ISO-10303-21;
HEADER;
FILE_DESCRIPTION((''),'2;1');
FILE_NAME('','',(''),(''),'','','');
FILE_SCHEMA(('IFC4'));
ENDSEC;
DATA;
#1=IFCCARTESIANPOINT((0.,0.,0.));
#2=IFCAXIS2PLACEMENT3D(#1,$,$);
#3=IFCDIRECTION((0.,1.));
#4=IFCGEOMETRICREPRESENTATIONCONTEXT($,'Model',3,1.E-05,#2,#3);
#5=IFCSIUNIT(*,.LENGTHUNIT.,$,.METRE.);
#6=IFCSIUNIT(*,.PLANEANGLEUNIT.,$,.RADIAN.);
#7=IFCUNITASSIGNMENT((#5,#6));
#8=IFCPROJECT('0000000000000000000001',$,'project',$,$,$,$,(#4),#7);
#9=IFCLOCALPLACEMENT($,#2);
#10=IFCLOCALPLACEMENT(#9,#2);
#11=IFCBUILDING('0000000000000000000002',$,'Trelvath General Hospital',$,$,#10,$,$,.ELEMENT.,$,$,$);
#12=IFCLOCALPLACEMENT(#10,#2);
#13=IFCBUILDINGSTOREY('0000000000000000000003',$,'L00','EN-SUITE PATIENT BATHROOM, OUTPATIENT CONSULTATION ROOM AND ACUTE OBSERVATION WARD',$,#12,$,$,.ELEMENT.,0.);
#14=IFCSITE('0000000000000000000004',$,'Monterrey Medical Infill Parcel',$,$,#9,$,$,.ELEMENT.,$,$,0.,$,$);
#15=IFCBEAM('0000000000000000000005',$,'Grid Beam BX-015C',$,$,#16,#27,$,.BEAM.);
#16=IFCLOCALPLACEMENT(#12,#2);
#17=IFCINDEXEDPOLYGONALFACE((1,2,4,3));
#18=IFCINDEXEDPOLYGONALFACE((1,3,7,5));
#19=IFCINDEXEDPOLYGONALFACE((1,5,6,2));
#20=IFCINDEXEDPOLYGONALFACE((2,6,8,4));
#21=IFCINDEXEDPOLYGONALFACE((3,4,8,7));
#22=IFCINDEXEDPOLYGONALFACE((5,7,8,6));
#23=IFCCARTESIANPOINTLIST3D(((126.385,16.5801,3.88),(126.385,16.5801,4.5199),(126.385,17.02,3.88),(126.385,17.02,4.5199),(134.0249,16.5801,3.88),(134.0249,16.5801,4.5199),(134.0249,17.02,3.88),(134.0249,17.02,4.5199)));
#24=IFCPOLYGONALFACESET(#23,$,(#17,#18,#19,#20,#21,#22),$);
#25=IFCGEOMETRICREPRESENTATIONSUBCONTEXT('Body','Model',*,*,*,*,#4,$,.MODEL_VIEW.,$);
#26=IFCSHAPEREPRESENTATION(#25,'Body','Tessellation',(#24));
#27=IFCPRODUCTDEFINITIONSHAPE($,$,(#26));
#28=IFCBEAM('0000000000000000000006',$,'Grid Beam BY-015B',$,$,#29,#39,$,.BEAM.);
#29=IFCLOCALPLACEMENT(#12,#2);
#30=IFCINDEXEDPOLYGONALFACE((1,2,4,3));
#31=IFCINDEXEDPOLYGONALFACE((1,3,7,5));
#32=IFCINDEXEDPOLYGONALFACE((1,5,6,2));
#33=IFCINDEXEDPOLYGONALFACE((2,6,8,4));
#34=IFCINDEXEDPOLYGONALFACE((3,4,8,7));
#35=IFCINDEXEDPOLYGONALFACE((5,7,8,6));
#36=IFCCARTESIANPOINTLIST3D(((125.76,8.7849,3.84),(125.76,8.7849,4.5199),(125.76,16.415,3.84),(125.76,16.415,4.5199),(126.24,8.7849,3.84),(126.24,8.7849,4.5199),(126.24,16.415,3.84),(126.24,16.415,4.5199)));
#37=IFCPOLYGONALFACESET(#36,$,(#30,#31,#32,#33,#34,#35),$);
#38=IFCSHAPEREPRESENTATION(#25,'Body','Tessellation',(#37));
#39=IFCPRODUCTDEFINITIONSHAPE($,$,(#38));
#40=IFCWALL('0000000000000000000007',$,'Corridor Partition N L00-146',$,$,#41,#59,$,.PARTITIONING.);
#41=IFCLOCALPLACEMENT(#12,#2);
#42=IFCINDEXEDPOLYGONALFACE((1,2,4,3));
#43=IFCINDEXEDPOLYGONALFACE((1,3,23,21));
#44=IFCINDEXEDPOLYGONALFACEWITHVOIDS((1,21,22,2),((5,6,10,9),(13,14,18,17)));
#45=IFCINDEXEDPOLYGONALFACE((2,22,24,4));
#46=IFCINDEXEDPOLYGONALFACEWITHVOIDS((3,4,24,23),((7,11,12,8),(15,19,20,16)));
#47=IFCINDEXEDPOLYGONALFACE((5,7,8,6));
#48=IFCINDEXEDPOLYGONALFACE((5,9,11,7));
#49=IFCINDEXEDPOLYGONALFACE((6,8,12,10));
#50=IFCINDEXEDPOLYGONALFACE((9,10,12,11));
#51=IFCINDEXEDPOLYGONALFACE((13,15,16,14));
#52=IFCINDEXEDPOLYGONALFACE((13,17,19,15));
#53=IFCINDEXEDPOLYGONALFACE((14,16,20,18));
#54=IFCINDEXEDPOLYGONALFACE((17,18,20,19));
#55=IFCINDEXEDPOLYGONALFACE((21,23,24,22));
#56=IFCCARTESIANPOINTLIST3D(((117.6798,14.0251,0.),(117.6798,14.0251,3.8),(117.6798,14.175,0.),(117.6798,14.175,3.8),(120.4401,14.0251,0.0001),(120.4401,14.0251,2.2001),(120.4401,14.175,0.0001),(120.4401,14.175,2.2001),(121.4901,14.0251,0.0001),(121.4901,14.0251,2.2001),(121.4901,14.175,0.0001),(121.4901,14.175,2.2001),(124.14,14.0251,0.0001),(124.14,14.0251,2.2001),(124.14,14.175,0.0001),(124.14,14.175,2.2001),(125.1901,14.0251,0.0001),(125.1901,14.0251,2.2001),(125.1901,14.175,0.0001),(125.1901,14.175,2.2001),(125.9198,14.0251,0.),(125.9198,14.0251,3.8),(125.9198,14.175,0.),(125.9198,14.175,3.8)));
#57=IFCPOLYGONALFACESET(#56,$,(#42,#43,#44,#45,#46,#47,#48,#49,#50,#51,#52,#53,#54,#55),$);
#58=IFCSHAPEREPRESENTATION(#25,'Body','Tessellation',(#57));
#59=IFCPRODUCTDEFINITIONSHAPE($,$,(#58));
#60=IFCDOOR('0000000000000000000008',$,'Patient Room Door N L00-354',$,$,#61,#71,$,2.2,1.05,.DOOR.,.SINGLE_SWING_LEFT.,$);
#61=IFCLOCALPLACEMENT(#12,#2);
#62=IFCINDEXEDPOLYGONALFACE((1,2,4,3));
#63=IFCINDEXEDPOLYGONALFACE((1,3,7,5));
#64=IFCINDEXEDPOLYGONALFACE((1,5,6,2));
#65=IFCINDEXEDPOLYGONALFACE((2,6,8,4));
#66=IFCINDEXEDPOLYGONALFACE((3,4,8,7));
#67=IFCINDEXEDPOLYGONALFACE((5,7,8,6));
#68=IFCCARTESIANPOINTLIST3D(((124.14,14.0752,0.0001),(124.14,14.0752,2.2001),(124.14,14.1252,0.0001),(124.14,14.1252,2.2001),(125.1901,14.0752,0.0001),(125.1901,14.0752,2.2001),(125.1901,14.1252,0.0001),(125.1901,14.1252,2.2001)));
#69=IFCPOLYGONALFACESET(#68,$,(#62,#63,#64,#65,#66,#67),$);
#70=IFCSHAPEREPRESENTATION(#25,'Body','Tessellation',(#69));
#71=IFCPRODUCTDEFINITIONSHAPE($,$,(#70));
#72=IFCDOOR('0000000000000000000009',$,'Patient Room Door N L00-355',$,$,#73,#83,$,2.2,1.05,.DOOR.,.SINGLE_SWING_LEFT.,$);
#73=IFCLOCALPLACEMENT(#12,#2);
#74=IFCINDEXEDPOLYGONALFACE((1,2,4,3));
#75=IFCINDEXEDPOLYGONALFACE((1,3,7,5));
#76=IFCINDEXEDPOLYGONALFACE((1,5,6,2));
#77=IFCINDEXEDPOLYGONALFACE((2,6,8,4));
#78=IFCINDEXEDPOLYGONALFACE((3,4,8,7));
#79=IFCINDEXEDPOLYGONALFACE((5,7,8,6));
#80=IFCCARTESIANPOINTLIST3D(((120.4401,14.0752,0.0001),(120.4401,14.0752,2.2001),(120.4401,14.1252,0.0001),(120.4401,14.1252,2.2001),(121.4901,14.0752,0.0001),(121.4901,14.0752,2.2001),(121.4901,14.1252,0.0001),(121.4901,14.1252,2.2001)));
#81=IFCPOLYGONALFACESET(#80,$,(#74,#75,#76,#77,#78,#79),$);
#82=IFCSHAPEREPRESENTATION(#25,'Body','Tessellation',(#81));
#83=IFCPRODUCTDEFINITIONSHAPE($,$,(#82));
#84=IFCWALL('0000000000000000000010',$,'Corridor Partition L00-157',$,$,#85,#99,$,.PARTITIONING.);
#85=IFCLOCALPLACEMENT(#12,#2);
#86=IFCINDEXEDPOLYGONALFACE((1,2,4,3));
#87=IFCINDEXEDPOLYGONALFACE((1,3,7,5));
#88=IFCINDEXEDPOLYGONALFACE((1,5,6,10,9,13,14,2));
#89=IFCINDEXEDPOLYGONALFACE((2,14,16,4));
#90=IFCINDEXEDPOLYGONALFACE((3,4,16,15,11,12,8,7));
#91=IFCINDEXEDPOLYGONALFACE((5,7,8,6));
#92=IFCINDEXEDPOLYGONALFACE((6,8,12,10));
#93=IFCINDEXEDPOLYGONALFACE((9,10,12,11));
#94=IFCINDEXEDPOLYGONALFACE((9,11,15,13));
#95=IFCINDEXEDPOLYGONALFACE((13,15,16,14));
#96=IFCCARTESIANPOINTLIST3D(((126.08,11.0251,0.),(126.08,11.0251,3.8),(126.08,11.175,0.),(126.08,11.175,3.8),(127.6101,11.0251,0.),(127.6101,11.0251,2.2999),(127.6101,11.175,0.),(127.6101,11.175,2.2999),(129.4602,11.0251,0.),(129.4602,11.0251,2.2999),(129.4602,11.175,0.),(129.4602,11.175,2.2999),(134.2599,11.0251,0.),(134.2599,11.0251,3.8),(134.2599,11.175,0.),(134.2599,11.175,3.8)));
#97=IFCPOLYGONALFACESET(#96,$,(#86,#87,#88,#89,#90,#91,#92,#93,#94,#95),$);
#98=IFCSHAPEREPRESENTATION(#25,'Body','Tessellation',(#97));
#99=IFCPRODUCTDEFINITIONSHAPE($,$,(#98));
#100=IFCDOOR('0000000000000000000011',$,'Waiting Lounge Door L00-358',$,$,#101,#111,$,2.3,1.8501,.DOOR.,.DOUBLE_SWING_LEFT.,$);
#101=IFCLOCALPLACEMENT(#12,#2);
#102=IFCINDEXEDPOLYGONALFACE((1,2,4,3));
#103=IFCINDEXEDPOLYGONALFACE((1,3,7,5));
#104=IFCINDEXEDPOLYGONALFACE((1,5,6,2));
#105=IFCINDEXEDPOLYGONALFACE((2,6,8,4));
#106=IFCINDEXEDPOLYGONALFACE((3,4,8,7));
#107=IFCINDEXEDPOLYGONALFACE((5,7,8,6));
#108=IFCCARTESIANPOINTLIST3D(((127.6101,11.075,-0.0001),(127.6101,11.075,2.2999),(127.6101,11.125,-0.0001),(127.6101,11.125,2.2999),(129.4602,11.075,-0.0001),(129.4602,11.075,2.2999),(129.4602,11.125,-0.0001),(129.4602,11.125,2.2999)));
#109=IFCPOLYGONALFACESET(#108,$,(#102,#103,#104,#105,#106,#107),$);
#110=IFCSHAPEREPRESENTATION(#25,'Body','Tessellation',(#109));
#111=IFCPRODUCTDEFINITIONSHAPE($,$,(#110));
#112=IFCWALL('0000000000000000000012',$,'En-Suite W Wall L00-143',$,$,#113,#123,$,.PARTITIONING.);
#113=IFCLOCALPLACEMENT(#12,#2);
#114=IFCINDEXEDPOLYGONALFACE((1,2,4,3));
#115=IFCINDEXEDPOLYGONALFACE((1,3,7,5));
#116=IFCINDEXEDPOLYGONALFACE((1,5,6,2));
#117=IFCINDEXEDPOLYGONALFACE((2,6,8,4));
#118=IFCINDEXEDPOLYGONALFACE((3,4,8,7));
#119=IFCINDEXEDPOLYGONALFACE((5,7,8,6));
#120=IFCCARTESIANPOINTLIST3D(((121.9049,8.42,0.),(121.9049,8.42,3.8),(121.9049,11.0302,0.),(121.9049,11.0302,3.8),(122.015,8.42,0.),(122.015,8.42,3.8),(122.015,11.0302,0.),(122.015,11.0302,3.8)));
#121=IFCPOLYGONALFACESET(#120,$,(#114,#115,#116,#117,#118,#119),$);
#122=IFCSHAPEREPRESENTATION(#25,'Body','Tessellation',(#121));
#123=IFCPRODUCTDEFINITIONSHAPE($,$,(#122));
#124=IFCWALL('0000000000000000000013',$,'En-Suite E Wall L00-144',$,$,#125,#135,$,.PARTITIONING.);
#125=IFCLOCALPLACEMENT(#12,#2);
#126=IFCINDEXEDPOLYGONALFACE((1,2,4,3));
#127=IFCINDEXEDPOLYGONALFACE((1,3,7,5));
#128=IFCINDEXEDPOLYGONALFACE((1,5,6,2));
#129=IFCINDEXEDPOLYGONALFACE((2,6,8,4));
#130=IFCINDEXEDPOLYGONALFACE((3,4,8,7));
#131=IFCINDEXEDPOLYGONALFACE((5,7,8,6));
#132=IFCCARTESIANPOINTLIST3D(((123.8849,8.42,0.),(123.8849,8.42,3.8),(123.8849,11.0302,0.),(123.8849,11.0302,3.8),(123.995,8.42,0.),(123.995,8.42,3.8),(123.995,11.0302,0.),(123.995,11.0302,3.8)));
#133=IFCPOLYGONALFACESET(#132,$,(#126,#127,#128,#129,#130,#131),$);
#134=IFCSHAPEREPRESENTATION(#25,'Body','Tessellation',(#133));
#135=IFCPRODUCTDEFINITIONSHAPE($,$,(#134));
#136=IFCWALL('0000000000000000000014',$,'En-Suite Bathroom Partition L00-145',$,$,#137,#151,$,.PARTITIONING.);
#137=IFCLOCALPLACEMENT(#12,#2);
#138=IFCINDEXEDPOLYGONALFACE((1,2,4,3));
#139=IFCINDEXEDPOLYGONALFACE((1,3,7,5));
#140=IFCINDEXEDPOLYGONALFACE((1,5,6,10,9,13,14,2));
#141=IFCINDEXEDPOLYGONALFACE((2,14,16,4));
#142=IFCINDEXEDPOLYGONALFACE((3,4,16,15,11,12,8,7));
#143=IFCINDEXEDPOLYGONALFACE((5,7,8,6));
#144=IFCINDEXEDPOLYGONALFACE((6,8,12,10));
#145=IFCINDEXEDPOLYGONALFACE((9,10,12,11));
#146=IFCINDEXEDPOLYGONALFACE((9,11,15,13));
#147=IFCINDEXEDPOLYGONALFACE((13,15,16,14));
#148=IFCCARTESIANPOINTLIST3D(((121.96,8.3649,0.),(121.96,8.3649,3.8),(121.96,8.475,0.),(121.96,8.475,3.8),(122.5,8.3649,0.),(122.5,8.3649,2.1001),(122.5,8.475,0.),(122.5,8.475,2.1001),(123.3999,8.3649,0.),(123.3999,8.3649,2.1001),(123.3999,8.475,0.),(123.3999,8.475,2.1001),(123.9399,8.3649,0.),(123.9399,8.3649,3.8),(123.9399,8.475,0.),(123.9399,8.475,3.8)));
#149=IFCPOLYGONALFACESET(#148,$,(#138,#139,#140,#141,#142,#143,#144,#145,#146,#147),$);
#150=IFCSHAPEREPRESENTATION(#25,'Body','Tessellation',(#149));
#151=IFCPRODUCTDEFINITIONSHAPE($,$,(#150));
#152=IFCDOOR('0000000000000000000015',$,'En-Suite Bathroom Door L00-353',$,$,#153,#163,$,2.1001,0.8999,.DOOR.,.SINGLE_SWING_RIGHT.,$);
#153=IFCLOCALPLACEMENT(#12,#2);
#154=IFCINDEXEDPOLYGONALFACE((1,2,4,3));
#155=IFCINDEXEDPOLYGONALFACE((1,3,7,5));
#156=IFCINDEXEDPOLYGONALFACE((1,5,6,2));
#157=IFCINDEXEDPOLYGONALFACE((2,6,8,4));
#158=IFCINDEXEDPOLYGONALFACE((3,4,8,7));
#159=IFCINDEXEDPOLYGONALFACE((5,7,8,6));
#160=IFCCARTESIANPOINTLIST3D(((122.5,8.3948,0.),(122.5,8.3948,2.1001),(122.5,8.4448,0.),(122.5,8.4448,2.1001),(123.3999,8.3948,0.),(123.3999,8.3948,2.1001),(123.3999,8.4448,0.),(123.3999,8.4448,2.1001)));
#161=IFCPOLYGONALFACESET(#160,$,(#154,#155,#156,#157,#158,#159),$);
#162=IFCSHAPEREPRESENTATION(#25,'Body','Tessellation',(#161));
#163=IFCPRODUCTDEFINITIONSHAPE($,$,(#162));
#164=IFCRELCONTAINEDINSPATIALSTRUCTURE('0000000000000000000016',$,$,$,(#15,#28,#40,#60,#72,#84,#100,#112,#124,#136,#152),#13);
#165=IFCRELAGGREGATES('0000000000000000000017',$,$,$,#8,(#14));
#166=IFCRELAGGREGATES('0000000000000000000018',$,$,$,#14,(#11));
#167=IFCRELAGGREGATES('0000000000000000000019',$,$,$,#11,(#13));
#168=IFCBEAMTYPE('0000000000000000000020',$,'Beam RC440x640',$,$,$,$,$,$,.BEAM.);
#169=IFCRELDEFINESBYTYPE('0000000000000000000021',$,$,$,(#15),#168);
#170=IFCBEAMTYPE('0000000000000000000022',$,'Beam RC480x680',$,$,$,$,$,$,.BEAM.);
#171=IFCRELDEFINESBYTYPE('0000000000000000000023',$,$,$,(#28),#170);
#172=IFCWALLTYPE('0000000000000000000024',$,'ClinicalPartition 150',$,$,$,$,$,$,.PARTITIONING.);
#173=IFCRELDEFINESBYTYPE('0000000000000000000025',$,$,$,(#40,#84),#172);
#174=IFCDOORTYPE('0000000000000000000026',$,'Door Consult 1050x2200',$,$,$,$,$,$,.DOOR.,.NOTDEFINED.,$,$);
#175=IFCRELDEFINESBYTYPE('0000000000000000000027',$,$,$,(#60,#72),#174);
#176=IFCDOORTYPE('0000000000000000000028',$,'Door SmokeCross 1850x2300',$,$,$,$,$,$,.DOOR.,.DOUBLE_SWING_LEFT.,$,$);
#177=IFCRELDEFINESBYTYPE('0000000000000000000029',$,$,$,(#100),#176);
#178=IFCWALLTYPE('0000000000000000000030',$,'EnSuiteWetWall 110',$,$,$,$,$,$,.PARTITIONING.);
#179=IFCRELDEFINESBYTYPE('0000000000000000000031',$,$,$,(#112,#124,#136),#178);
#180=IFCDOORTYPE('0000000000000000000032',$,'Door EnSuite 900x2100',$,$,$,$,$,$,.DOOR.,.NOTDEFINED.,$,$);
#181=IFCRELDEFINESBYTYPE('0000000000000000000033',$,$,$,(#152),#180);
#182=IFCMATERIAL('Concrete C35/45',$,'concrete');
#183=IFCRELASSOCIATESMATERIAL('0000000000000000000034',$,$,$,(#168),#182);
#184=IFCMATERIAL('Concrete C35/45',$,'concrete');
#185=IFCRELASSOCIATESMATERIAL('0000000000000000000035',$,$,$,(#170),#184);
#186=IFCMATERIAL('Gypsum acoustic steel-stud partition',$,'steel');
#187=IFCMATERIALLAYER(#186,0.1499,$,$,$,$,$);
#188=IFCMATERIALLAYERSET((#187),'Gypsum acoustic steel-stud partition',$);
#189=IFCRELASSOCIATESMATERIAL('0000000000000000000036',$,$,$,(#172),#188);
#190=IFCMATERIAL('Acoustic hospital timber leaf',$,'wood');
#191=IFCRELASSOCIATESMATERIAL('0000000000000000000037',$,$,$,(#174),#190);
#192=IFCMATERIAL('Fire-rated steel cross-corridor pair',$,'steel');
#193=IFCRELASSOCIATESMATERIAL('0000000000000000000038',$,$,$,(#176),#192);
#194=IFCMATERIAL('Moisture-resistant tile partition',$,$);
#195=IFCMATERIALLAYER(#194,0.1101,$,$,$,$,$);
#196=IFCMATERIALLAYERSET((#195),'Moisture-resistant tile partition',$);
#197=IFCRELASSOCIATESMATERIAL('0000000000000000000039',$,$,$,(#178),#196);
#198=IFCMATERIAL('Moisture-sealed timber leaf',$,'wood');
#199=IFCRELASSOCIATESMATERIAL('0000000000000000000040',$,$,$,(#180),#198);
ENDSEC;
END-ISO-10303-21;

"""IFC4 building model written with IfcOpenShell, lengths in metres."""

from ifc_helpers import new_model, si_unit, direction, frame, frame_2d, origin, origin_2d, place, context, subcontext, project, spatial, rectangle, extrude, material, layer, layer_set, material_profile, profile_set, type_object, element, fill, save


model = new_model("IFC4")

# Units and contexts
model_context = context("Model", 3, precision=1e-05, world=origin(), true_north=direction((0.0, 1.0)))
body_context = subcontext(model_context, "Body", "Model", "MODEL_VIEW")
ifc_project = project(units=[si_unit("LENGTHUNIT", "METRE"), si_unit("PLANEANGLEUNIT", "RADIAN")], contexts=[model_context])

# Site, building, storey
site_placement = place(None, origin())
site = spatial("IfcSite", under=ifc_project, at=site_placement, Name="Monterrey Medical Infill Parcel", CompositionType="ELEMENT", RefElevation=0.0)
building_placement = place(site_placement, origin())
building = spatial("IfcBuilding", under=site, at=building_placement, Name="Trelvath General Hospital", CompositionType="ELEMENT")
storey_placement = place(building_placement, origin())
storey = spatial("IfcBuildingStorey", under=building, at=storey_placement, Name="L00", Description="EN-SUITE PATIENT BATHROOM, OUTPATIENT CONSULTATION ROOM AND ACUTE OBSERVATION WARD", CompositionType="ELEMENT", Elevation=0.0)

# Beams
ifc_material_1 = material(Name="Concrete C35/45", Category="concrete")
ifc_material_profile_1 = material_profile(ifc_material_1, rectangle(XDim=0.4399, YDim=0.6399, at=origin_2d()), Name="RCB440x640")
ifc_profile_set_1 = profile_set([ifc_material_profile_1], Name="Concrete C35/45")
beam_type_1 = type_object("IfcBeamType", Name="Beam RC440x640", PredefinedType="BEAM", material=ifc_profile_set_1)
beam_1_placement = place(storey_placement, frame((126.385, 16.8, 4.2), z_axis=(1.0, 0.0, 0.0), x_axis=(0.0, 1.0, 0.0)))
element("IfcBeam", 1, at=beam_1_placement, inside=storey, type_object=beam_type_1, Name="Grid Beam BX-015C", PredefinedType="BEAM", context=body_context, shape_type="SweptSolid", body=[
    extrude(rectangle(XDim=0.4399, YDim=0.6399, at=origin_2d()), origin(), (0.0, 0.0, 1.0), 7.6399),
])
ifc_material_2 = material(Name="Concrete C35/45", Category="concrete")
ifc_material_profile_2 = material_profile(ifc_material_2, rectangle(XDim=0.48, YDim=0.6799, at=origin_2d()), Name="RCB480x680")
ifc_profile_set_2 = profile_set([ifc_material_profile_2], Name="Concrete C35/45")
beam_type_2 = type_object("IfcBeamType", Name="Beam RC480x680", PredefinedType="BEAM", material=ifc_profile_set_2)
beam_2_placement = place(storey_placement, frame((126.0, 8.7849, 4.1799), z_axis=(0.0, 1.0, 0.0), x_axis=(-1.0, 0.0, 0.0)))
element("IfcBeam", 2, at=beam_2_placement, inside=storey, type_object=beam_type_2, Name="Grid Beam BY-015B", PredefinedType="BEAM", context=body_context, shape_type="SweptSolid", body=[
    extrude(rectangle(XDim=0.48, YDim=0.6799, at=origin_2d()), origin(), (0.0, 0.0, 1.0), 7.6301),
])

# Wall, openings, doors
ifc_material_3 = material(Name="Gypsum acoustic steel-stud partition", Category="steel")
ifc_layer_1 = layer(ifc_material_3, 0.1499)
ifc_layer_set_1 = layer_set([ifc_layer_1], Name="Gypsum acoustic steel-stud partition")
wall_type_1 = type_object("IfcWallType", Name="ClinicalPartition 150", PredefinedType="PARTITIONING", material=ifc_layer_set_1)
wall_1_placement = place(storey_placement, frame((125.9199, 14.1001, 0.0), z_axis=(0.0, 0.0, 1.0), x_axis=(-1.0, 0.0, 0.0)))
wall_1 = element("IfcWall", 3, at=wall_1_placement, inside=storey, type_object=wall_type_1, Name="Corridor Partition N L00-146", PredefinedType="PARTITIONING", context=body_context, shape_type="SweptSolid", body=[
    extrude(rectangle(XDim=8.24, YDim=0.1499, at=frame_2d((4.1201, 0.0))), origin(), (0.0, 0.0, 1.0), 3.8),
])
opening_1_placement = place(wall_1_placement, frame((0.73, 0.0, 0.0)))
opening_1 = element("IfcOpeningElement", 4, at=opening_1_placement, cuts=wall_1, PredefinedType="OPENING", context=body_context, shape_type="SweptSolid", body=[
    extrude(rectangle(XDim=1.05, YDim=2.2, at=frame_2d((0.5249, 1.1001))), frame((0.0, 0.085, 0.0), z_axis=(0.0, -1.0, 0.0), x_axis=(1.0, 0.0, 0.0)), (0.0, 0.0, 1.0), 0.1699),
])
opening_2_placement = place(wall_1_placement, frame((4.4299, 0.0, 0.0)))
opening_2 = element("IfcOpeningElement", 5, at=opening_2_placement, cuts=wall_1, PredefinedType="OPENING", context=body_context, shape_type="SweptSolid", body=[
    extrude(rectangle(XDim=1.05, YDim=2.2, at=frame_2d((0.5249, 1.1001))), frame((0.0, 0.085, 0.0), z_axis=(0.0, -1.0, 0.0), x_axis=(1.0, 0.0, 0.0)), (0.0, 0.0, 1.0), 0.1699),
])
ifc_material_4 = material(Name="Acoustic hospital timber leaf", Category="wood")
door_type_1 = type_object("IfcDoorType", Name="Door Consult 1050x2200", OperationType="NOTDEFINED", PredefinedType="DOOR", material=ifc_material_4)
door_1_placement = place(opening_1_placement, origin())
door_1 = element("IfcDoor", 6, at=door_1_placement, inside=storey, type_object=door_type_1, Name="Patient Room Door N L00-354", OperationType="SINGLE_SWING_LEFT", OverallHeight=2.2, OverallWidth=1.05, PredefinedType="DOOR", context=body_context, shape_type="SweptSolid", body=[
    extrude(rectangle(XDim=1.05, YDim=2.2, at=frame_2d((0.5249, 1.1001))), frame((0.0, 0.0249, 0.0), z_axis=(0.0, -1.0, 0.0), x_axis=(1.0, 0.0, 0.0)), (0.0, 0.0, 1.0), 0.05),
])
fill(opening_1, door_1)
door_2_placement = place(opening_2_placement, origin())
door_2 = element("IfcDoor", 7, at=door_2_placement, inside=storey, type_object=door_type_1, Name="Patient Room Door N L00-355", OperationType="SINGLE_SWING_LEFT", OverallHeight=2.2, OverallWidth=1.05, PredefinedType="DOOR", context=body_context, shape_type="SweptSolid", body=[
    extrude(rectangle(XDim=1.05, YDim=2.2, at=frame_2d((0.5249, 1.1001))), frame((0.0, 0.0249, 0.0), z_axis=(0.0, -1.0, 0.0), x_axis=(1.0, 0.0, 0.0)), (0.0, 0.0, 1.0), 0.05),
])
fill(opening_2, door_2)

# Wall, opening, door
wall_2_placement = place(storey_placement, frame((126.0801, 11.1001, 0.0), z_axis=(0.0, 0.0, 1.0), x_axis=(1.0, 0.0, 0.0)))
wall_2 = element("IfcWall", 8, at=wall_2_placement, inside=storey, type_object=wall_type_1, Name="Corridor Partition L00-157", PredefinedType="PARTITIONING", context=body_context, shape_type="SweptSolid", body=[
    extrude(rectangle(XDim=8.1799, YDim=0.1499, at=frame_2d((4.0898, 0.0))), origin(), (0.0, 0.0, 1.0), 3.8),
])
opening_3_placement = place(wall_2_placement, frame((1.53, 0.0, 0.0)))
opening_3 = element("IfcOpeningElement", 9, at=opening_3_placement, cuts=wall_2, PredefinedType="OPENING", context=body_context, shape_type="SweptSolid", body=[
    extrude(rectangle(XDim=1.8501, YDim=2.3, at=frame_2d((0.925, 1.1499))), frame((0.0, 0.085, 0.0), z_axis=(0.0, -1.0, 0.0), x_axis=(1.0, 0.0, 0.0)), (0.0, 0.0, 1.0), 0.1699),
])
ifc_material_5 = material(Name="Fire-rated steel cross-corridor pair", Category="steel")
door_type_2 = type_object("IfcDoorType", Name="Door SmokeCross 1850x2300", OperationType="DOUBLE_SWING_LEFT", PredefinedType="DOOR", material=ifc_material_5)
door_3_placement = place(opening_3_placement, origin())
door_3 = element("IfcDoor", 10, at=door_3_placement, inside=storey, type_object=door_type_2, Name="Waiting Lounge Door L00-358", OperationType="DOUBLE_SWING_LEFT", OverallHeight=2.3, OverallWidth=1.8501, PredefinedType="DOOR", context=body_context, shape_type="SweptSolid", body=[
    extrude(rectangle(XDim=1.8501, YDim=2.3, at=frame_2d((0.925, 1.1499))), frame((0.0, 0.0249, 0.0), z_axis=(0.0, -1.0, 0.0), x_axis=(1.0, 0.0, 0.0)), (0.0, 0.0, 1.0), 0.05),
])
fill(opening_3, door_3)

# Walls
ifc_material_6 = material(Name="Moisture-resistant tile partition")
ifc_layer_2 = layer(ifc_material_6, 0.1101)
ifc_layer_set_2 = layer_set([ifc_layer_2], Name="Moisture-resistant tile partition")
wall_type_2 = type_object("IfcWallType", Name="EnSuiteWetWall 110", PredefinedType="PARTITIONING", material=ifc_layer_set_2)
for number, where, z_axis, x_axis, name in (
    (11, (121.96, 8.4199, 0.0), (0.0, 0.0, 1.0), (0.0, 1.0, 0.0), "En-Suite W Wall L00-143"),
    (12, (123.9399, 8.4199, 0.0), (0.0, 0.0, 1.0), (0.0, 1.0, 0.0), "En-Suite E Wall L00-144"),
):
    element("IfcWall", number, at=place(storey_placement, frame(where, z_axis=z_axis, x_axis=x_axis)), inside=storey, type_object=wall_type_2, Name=name, PredefinedType="PARTITIONING", context=body_context, shape_type="SweptSolid", body=[
        extrude(rectangle(XDim=2.6101, YDim=0.1101, at=frame_2d((1.3052, 0.0))), origin(), (0.0, 0.0, 1.0), 3.8),
    ])

# Wall, opening, door
wall_3_placement = place(storey_placement, frame((121.96, 8.4199, 0.0), z_axis=(0.0, 0.0, 1.0), x_axis=(1.0, 0.0, 0.0)))
wall_3 = element("IfcWall", 13, at=wall_3_placement, inside=storey, type_object=wall_type_2, Name="En-Suite Bathroom Partition L00-145", PredefinedType="PARTITIONING", context=body_context, shape_type="SweptSolid", body=[
    extrude(rectangle(XDim=1.98, YDim=0.1101, at=frame_2d((0.99, 0.0))), origin(), (0.0, 0.0, 1.0), 3.8),
])
opening_4_placement = place(wall_3_placement, frame((0.54, 0.0, 0.0)))
opening_4 = element("IfcOpeningElement", 14, at=opening_4_placement, cuts=wall_3, PredefinedType="OPENING", context=body_context, shape_type="SweptSolid", body=[
    extrude(rectangle(XDim=0.8999, YDim=2.1001, at=frame_2d((0.45, 1.05))), frame((0.0, 0.0649, 0.0), z_axis=(0.0, -1.0, 0.0), x_axis=(1.0, 0.0, 0.0)), (0.0, 0.0, 1.0), 0.1301),
])
ifc_material_7 = material(Name="Moisture-sealed timber leaf", Category="wood")
door_type_3 = type_object("IfcDoorType", Name="Door EnSuite 900x2100", OperationType="NOTDEFINED", PredefinedType="DOOR", material=ifc_material_7)
door_4_placement = place(opening_4_placement, origin())
door_4 = element("IfcDoor", 15, at=door_4_placement, inside=storey, type_object=door_type_3, Name="En-Suite Bathroom Door L00-353", OperationType="SINGLE_SWING_RIGHT", OverallHeight=2.1001, OverallWidth=0.8999, PredefinedType="DOOR", context=body_context, shape_type="SweptSolid", body=[
    extrude(rectangle(XDim=0.8999, YDim=2.1001, at=frame_2d((0.45, 1.05))), frame((0.0, 0.0249, 0.0), z_axis=(0.0, -1.0, 0.0), x_axis=(1.0, 0.0, 0.0)), (0.0, 0.0, 1.0), 0.05),
])
fill(opening_4, door_4)

save(model, "model.ifc")
